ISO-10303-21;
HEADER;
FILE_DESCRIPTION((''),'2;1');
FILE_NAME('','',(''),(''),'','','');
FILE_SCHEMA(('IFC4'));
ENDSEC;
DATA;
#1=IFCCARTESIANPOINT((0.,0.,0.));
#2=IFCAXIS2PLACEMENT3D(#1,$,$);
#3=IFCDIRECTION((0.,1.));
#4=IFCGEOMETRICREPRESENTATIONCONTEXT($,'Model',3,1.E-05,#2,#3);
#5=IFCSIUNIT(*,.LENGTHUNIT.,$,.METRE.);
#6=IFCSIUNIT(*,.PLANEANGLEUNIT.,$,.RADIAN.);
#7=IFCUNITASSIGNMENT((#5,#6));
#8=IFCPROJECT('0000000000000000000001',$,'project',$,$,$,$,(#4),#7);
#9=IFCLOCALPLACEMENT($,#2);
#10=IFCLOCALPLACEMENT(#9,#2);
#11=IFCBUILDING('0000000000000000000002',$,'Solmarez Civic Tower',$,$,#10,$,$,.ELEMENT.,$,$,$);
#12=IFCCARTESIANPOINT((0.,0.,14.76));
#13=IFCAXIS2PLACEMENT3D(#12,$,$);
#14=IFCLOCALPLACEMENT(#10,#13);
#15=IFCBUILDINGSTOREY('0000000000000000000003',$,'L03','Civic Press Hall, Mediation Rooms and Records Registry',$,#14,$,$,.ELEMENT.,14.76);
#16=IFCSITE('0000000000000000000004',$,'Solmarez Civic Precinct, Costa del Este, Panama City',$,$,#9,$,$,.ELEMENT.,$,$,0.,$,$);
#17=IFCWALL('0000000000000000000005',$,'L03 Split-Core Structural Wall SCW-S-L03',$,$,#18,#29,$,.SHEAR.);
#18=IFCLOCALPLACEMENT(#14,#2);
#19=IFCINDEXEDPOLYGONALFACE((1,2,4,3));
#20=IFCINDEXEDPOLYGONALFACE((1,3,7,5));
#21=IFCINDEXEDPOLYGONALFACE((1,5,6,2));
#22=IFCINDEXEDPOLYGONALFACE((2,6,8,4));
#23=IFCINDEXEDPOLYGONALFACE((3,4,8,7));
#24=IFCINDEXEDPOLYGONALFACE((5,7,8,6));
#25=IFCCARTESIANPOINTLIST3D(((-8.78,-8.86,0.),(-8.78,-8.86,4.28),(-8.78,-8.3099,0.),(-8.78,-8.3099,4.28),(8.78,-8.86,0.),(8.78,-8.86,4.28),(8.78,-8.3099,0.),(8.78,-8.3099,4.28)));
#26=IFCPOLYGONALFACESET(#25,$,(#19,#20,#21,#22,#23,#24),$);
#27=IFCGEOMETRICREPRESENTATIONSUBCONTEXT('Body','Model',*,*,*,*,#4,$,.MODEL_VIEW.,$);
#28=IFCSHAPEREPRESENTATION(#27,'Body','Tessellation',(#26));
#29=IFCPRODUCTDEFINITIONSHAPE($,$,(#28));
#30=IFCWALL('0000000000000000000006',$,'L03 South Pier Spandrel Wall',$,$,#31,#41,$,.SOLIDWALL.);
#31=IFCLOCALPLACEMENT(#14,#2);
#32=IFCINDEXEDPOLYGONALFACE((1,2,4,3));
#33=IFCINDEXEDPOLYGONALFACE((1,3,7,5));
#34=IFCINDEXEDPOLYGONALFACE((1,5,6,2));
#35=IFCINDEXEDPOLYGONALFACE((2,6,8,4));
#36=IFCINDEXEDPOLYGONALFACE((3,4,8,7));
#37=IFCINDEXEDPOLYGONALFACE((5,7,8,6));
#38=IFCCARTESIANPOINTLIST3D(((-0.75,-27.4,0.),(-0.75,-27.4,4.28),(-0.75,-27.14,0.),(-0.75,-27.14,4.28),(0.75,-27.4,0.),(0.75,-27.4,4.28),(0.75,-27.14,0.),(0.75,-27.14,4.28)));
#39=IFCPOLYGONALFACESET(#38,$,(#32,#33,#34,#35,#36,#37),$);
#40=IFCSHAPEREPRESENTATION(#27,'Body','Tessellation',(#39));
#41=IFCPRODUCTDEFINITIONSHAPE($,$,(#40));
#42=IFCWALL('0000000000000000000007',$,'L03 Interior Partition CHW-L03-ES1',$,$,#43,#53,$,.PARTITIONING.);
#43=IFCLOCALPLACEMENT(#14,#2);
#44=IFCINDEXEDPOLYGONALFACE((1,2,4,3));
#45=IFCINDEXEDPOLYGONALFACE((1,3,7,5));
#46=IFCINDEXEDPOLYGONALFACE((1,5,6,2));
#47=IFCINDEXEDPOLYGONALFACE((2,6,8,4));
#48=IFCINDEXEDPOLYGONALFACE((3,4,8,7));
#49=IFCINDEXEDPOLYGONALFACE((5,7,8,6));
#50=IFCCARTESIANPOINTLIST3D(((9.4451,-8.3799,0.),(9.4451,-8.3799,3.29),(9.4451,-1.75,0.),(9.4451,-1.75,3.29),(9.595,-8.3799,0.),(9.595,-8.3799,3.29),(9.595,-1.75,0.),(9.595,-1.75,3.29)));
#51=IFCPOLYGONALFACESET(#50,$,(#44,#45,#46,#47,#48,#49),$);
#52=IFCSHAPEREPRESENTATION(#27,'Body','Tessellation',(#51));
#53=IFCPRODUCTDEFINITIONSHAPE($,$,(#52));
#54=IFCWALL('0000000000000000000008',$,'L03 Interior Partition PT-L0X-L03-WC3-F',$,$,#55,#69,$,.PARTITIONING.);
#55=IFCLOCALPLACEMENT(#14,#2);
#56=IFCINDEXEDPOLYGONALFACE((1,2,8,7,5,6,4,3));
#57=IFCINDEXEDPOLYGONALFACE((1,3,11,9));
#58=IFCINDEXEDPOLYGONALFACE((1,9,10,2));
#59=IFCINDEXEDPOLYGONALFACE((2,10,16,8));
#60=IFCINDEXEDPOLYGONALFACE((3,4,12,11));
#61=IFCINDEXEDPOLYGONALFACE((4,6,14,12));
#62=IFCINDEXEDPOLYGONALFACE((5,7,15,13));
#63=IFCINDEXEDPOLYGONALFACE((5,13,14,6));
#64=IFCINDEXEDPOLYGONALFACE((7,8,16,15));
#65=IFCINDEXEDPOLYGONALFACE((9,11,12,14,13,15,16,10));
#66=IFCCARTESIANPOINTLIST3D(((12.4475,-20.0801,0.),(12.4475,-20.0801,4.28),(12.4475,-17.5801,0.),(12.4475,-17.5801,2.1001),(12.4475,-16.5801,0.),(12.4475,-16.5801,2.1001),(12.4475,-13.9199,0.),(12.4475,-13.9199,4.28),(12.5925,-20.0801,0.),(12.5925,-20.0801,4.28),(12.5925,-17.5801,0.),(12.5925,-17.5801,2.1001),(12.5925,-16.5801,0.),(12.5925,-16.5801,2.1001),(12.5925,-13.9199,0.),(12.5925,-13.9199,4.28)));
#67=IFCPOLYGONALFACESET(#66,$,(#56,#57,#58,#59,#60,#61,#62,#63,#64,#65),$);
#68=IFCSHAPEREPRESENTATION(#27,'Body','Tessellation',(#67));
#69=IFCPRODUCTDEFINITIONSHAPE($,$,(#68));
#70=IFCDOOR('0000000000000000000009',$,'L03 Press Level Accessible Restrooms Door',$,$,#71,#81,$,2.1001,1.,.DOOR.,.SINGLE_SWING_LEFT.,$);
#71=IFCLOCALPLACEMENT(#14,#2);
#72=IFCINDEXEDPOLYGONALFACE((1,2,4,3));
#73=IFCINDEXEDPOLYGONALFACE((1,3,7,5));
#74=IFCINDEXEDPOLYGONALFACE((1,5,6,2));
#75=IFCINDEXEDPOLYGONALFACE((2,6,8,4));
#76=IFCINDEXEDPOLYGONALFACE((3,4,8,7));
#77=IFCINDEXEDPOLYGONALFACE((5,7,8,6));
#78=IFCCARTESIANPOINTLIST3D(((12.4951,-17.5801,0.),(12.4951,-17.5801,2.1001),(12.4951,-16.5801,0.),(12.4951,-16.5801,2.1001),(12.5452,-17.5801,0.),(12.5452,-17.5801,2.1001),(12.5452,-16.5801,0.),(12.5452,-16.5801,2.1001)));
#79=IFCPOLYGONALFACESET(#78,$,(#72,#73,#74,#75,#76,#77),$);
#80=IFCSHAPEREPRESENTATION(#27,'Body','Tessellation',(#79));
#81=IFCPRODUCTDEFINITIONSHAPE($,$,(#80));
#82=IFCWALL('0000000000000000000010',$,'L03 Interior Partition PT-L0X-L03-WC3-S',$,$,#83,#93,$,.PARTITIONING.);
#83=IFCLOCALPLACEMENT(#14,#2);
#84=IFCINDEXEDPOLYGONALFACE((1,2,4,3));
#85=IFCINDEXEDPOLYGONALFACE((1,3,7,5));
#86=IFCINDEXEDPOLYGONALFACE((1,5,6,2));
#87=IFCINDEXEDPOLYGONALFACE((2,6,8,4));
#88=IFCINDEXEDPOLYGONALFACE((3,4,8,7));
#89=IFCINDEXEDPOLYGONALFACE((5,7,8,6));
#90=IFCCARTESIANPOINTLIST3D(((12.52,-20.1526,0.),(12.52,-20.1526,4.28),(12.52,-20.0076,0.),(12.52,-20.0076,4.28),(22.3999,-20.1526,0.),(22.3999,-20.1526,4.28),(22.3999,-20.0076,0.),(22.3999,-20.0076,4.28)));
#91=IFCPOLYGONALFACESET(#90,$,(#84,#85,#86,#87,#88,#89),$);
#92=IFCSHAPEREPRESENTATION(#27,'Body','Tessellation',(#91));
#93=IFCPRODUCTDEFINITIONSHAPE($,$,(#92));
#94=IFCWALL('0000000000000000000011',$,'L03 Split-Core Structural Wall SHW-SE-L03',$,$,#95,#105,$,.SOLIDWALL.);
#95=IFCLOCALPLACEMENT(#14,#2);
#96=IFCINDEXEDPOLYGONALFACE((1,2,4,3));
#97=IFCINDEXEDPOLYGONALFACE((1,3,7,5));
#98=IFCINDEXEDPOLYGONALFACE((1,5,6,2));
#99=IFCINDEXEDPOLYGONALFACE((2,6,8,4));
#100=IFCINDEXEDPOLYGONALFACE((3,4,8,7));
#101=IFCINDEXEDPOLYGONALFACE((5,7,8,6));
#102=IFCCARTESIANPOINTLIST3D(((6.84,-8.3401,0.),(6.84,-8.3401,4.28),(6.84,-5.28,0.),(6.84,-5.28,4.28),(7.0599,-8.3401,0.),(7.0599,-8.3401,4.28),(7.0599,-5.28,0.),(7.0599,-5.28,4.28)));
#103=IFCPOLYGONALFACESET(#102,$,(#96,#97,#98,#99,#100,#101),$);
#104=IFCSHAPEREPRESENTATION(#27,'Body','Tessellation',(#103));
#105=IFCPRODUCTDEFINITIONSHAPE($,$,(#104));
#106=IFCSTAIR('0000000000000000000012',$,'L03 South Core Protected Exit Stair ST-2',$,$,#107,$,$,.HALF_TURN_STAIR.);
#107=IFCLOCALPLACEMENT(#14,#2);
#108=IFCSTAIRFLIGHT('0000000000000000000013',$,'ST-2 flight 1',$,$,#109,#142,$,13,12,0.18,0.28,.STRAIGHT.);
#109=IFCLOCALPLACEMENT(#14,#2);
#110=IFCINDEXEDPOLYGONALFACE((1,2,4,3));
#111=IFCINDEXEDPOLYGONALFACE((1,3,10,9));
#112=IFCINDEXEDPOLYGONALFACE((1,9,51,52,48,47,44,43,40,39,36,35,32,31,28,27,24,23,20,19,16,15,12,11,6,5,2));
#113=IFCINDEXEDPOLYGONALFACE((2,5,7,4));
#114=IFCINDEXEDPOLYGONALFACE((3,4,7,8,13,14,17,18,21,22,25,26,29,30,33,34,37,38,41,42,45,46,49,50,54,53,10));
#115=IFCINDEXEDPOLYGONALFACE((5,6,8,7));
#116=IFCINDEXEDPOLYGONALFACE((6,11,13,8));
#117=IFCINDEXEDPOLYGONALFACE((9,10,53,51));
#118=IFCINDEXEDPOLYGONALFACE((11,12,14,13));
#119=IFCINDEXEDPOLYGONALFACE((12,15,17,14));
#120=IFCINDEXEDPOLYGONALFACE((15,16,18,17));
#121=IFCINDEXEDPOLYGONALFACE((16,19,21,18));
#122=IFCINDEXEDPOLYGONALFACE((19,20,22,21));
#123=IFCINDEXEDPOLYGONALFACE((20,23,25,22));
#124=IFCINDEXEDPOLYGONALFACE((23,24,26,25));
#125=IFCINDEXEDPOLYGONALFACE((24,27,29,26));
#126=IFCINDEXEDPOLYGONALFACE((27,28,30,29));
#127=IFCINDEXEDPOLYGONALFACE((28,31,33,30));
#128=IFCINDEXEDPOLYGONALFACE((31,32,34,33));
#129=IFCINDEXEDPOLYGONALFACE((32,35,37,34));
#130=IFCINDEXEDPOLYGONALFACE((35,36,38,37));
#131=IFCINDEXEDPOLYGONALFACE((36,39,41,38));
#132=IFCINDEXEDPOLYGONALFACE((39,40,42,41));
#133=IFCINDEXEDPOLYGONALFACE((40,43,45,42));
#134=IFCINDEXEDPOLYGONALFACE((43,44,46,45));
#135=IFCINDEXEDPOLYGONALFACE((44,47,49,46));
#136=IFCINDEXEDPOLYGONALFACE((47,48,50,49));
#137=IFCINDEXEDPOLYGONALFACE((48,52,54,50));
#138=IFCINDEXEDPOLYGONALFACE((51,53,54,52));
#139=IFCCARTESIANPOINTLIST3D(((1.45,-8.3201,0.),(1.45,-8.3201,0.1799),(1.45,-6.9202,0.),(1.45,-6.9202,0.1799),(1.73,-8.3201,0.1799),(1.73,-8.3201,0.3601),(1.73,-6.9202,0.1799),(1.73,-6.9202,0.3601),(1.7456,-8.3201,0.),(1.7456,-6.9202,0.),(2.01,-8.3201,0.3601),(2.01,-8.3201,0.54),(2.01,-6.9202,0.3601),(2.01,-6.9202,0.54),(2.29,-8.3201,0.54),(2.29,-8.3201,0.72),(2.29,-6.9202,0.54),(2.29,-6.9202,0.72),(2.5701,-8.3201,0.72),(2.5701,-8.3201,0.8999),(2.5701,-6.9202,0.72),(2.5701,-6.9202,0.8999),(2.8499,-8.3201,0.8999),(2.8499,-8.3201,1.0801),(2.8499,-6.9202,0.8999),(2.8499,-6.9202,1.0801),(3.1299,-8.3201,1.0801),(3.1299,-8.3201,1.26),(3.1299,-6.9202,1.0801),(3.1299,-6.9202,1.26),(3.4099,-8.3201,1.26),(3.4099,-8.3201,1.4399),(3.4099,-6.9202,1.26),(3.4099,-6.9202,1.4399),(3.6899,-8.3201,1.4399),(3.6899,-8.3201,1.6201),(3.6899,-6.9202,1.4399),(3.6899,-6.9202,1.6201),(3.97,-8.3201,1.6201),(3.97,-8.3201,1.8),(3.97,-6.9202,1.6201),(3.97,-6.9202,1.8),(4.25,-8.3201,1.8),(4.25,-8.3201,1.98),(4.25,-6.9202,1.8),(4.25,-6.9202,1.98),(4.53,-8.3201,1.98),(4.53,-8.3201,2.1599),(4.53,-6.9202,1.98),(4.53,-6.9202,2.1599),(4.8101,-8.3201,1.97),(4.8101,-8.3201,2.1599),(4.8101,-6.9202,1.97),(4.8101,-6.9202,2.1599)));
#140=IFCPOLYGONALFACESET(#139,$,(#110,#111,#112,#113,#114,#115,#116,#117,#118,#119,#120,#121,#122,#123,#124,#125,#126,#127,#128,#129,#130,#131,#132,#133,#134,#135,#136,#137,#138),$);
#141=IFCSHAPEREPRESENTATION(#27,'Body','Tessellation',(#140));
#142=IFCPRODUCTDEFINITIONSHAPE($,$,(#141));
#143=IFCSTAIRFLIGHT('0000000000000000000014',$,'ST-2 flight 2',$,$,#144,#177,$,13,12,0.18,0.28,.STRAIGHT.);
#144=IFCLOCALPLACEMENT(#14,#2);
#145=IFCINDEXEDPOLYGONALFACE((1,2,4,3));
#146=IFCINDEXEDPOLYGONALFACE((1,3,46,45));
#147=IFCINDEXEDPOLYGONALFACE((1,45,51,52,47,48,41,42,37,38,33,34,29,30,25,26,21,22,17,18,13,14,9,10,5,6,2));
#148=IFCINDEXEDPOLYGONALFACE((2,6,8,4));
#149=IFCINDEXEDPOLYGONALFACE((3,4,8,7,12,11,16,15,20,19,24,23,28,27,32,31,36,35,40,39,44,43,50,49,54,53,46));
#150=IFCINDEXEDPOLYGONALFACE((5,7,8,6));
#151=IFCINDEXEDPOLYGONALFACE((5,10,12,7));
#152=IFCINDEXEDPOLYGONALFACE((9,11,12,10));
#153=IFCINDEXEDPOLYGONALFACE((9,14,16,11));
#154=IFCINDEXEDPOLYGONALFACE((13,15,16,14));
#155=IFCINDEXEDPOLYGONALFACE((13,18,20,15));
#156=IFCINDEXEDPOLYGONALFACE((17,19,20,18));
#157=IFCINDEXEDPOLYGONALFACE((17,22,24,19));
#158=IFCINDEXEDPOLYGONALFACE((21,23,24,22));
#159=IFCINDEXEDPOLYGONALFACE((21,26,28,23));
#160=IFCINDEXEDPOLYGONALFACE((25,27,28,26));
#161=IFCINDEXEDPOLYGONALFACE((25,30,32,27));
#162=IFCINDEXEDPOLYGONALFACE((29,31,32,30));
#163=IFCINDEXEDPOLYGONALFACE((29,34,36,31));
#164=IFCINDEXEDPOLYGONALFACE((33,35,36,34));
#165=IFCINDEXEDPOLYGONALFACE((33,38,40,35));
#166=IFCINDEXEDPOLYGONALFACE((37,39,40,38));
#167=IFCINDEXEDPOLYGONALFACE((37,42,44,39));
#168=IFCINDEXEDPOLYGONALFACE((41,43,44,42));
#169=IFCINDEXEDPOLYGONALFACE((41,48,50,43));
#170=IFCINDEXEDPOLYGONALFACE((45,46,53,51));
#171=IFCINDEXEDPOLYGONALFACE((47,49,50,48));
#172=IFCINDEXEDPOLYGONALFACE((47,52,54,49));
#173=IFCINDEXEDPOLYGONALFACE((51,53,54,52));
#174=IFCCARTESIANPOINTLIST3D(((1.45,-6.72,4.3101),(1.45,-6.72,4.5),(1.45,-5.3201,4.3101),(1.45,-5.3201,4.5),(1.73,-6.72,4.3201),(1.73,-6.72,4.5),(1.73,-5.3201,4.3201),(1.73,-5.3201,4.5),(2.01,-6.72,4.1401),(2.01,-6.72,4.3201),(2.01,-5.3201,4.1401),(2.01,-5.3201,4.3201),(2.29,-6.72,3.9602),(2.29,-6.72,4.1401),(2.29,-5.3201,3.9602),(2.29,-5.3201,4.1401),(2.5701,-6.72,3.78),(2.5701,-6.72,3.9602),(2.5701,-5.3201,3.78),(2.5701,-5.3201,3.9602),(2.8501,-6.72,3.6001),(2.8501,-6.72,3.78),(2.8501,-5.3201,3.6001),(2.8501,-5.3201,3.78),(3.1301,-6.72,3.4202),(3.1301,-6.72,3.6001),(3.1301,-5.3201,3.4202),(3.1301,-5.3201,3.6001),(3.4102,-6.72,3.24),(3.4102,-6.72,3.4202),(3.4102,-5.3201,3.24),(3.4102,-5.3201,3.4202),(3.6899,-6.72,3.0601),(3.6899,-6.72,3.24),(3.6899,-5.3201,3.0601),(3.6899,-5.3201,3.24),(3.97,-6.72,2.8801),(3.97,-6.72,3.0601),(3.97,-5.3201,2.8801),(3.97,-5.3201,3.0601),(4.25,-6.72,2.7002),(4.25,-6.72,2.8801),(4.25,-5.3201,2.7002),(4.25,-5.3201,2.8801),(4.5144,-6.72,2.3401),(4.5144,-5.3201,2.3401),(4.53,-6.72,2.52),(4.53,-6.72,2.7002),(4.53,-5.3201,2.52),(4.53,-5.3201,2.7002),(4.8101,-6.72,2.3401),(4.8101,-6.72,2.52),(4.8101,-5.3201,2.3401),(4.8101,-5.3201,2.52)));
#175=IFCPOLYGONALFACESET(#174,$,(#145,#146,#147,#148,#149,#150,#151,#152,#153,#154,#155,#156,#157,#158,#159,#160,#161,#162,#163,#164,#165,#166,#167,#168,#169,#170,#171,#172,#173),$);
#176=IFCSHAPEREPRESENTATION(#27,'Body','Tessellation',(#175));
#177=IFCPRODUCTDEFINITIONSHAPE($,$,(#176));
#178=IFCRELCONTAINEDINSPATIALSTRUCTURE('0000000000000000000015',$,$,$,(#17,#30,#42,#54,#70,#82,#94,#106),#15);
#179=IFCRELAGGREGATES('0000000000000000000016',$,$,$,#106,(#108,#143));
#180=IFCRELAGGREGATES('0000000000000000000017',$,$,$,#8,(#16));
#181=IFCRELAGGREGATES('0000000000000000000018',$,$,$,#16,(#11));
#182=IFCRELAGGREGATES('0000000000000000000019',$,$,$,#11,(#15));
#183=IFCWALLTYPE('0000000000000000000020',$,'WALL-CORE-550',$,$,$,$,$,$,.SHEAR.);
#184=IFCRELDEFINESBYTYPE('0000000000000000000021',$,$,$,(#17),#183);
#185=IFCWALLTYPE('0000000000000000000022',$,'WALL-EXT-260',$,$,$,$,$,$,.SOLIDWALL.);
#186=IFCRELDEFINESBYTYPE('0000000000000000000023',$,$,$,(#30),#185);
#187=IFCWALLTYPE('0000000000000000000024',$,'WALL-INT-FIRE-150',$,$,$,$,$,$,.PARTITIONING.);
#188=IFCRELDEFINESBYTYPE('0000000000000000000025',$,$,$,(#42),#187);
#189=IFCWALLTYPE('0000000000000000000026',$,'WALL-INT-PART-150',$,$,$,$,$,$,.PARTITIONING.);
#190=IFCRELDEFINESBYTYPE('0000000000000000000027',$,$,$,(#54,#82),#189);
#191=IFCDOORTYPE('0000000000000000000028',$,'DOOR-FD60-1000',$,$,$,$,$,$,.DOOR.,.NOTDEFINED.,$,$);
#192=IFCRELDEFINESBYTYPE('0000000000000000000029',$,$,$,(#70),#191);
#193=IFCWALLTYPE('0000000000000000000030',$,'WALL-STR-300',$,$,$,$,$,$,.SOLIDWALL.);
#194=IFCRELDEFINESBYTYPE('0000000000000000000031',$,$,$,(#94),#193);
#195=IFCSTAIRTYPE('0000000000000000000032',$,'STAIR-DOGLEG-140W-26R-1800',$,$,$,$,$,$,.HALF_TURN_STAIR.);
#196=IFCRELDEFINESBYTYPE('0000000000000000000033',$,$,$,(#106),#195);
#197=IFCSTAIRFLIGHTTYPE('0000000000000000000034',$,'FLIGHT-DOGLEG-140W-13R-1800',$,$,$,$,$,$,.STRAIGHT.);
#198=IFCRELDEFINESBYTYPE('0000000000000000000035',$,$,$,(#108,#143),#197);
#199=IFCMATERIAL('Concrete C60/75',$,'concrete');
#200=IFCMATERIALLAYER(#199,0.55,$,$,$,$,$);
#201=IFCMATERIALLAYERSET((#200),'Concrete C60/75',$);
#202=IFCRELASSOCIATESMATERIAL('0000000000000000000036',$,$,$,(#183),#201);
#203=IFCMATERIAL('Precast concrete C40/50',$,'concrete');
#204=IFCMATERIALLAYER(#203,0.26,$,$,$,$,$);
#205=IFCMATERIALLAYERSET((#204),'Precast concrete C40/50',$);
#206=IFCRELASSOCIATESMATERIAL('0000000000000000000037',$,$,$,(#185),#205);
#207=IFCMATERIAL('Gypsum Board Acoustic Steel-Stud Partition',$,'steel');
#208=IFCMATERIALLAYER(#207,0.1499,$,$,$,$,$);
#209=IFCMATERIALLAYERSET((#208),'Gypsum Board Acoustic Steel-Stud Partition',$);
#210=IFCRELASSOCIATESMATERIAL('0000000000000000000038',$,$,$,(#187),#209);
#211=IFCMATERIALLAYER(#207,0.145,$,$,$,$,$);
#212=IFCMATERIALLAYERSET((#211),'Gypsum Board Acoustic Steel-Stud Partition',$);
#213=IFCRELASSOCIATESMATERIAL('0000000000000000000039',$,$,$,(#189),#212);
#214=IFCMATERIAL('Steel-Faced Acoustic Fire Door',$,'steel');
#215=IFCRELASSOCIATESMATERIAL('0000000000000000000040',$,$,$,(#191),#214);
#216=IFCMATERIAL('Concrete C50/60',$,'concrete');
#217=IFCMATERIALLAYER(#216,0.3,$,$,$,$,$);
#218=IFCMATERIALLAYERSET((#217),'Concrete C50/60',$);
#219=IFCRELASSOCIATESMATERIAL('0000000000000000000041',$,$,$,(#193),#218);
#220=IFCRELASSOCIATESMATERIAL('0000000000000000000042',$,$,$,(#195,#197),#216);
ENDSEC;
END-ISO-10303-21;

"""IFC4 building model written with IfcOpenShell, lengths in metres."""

from ifc_helpers import new_model, si_unit, direction, frame, frame_2d, origin, place, context, subcontext, project, spatial, polyline, rectangle, outline, extrude, material, layer, layer_set, type_object, element, fill, aggregate, save


model = new_model("IFC4")

# Units and contexts
model_context = context("Model", 3, precision=1e-05, world=origin(), true_north=direction((0.0, 1.0)))
body_context = subcontext(model_context, "Body", "Model", "MODEL_VIEW")
ifc_project = project(units=[si_unit("LENGTHUNIT", "METRE"), si_unit("PLANEANGLEUNIT", "RADIAN")], contexts=[model_context])

# Site, building, storey
site_placement = place(None, origin())
site = spatial("IfcSite", under=ifc_project, at=site_placement, Name="Solmarez Civic Precinct, Costa del Este, Panama City", CompositionType="ELEMENT", RefElevation=0.0)
building_placement = place(site_placement, origin())
building = spatial("IfcBuilding", under=site, at=building_placement, Name="Solmarez Civic Tower", CompositionType="ELEMENT")
storey_placement = place(building_placement, frame((0.0, 0.0, 14.76)))
storey = spatial("IfcBuildingStorey", under=building, at=storey_placement, Name="L03", Description="Civic Press Hall, Mediation Rooms and Records Registry", CompositionType="ELEMENT", Elevation=14.76)

# Shared definitions
ifc_material_1 = material(Name="Concrete C60/75", Category="concrete")

# Shared definitions
ifc_material_2 = material(Name="Concrete C50/60", Category="concrete")

# Walls
ifc_layer_1 = layer(ifc_material_1, 0.55)
ifc_layer_set_1 = layer_set([ifc_layer_1], Name="Concrete C60/75")
wall_type_1 = type_object("IfcWallType", Name="WALL-CORE-550", PredefinedType="SHEAR", material=ifc_layer_set_1)
wall_1_placement = place(storey_placement, frame((8.78, -8.585, 0.0), z_axis=(0.0, 0.0, 1.0), x_axis=(-1.0, 0.0, 0.0)))
element("IfcWall", 1, at=wall_1_placement, inside=storey, type_object=wall_type_1, Name="L03 Split-Core Structural Wall SCW-S-L03", PredefinedType="SHEAR", context=body_context, shape_type="SweptSolid", body=[
    extrude(rectangle(XDim=17.5601, YDim=0.55, at=frame_2d((8.78, 0.0))), origin(), (0.0, 0.0, 1.0), 4.28),
])
ifc_material_3 = material(Name="Precast concrete C40/50", Category="concrete")
ifc_layer_2 = layer(ifc_material_3, 0.26)
ifc_layer_set_2 = layer_set([ifc_layer_2], Name="Precast concrete C40/50")
wall_type_2 = type_object("IfcWallType", Name="WALL-EXT-260", PredefinedType="SOLIDWALL", material=ifc_layer_set_2)
wall_2_placement = place(storey_placement, frame((0.75, -27.27, 0.0), z_axis=(0.0, 0.0, 1.0), x_axis=(-1.0, 0.0, 0.0)))
element("IfcWall", 2, at=wall_2_placement, inside=storey, type_object=wall_type_2, Name="L03 South Pier Spandrel Wall", PredefinedType="SOLIDWALL", context=body_context, shape_type="SweptSolid", body=[
    extrude(rectangle(XDim=1.5, YDim=0.26, at=frame_2d((0.75, 0.0))), origin(), (0.0, 0.0, 1.0), 4.28),
])
ifc_material_4 = material(Name="Gypsum Board Acoustic Steel-Stud Partition", Category="steel")
ifc_layer_3 = layer(ifc_material_4, 0.1499)
ifc_layer_set_3 = layer_set([ifc_layer_3], Name="Gypsum Board Acoustic Steel-Stud Partition")
wall_type_3 = type_object("IfcWallType", Name="WALL-INT-FIRE-150", PredefinedType="PARTITIONING", material=ifc_layer_set_3)
wall_3_placement = place(storey_placement, frame((9.52, -8.3799, 0.0), z_axis=(0.0, 0.0, 1.0), x_axis=(0.0, 1.0, 0.0)))
element("IfcWall", 3, at=wall_3_placement, inside=storey, type_object=wall_type_3, Name="L03 Interior Partition CHW-L03-ES1", PredefinedType="PARTITIONING", context=body_context, shape_type="SweptSolid", body=[
    extrude(rectangle(XDim=6.6299, YDim=0.1499, at=frame_2d((3.3149, 0.0))), origin(), (0.0, 0.0, 1.0), 3.29),
])

# Wall, opening, door
ifc_layer_4 = layer(ifc_material_4, 0.145)
ifc_layer_set_4 = layer_set([ifc_layer_4], Name="Gypsum Board Acoustic Steel-Stud Partition")
wall_type_4 = type_object("IfcWallType", Name="WALL-INT-PART-150", PredefinedType="PARTITIONING", material=ifc_layer_set_4)
wall_4_placement = place(storey_placement, frame((12.52, -20.0801, 0.0), z_axis=(0.0, 0.0, 1.0), x_axis=(0.0, 1.0, 0.0)))
wall_4 = element("IfcWall", 4, at=wall_4_placement, inside=storey, type_object=wall_type_4, Name="L03 Interior Partition PT-L0X-L03-WC3-F", PredefinedType="PARTITIONING", context=body_context, shape_type="SweptSolid", body=[
    extrude(rectangle(XDim=6.1602, YDim=0.145, at=frame_2d((3.0801, 0.0))), origin(), (0.0, 0.0, 1.0), 4.28),
])
opening_placement = place(wall_4_placement, frame((2.5, 0.0, 0.0)))
opening = element("IfcOpeningElement", 5, at=opening_placement, cuts=wall_4, PredefinedType="OPENING", context=body_context, shape_type="SweptSolid", body=[
    extrude(rectangle(XDim=1.0, YDim=2.1001, at=frame_2d((0.5, 1.05))), frame((0.0, 0.0825, 0.0), z_axis=(0.0, -1.0, 0.0), x_axis=(1.0, 0.0, 0.0)), (0.0, 0.0, 1.0), 0.165),
])
ifc_material_5 = material(Name="Steel-Faced Acoustic Fire Door", Category="steel")
door_type = type_object("IfcDoorType", Name="DOOR-FD60-1000", OperationType="NOTDEFINED", PredefinedType="DOOR", material=ifc_material_5)
door_placement = place(opening_placement, origin())
door = element("IfcDoor", 6, at=door_placement, inside=storey, type_object=door_type, Name="L03 Press Level Accessible Restrooms Door", OperationType="SINGLE_SWING_LEFT", OverallHeight=2.1001, OverallWidth=1.0, PredefinedType="DOOR", context=body_context, shape_type="SweptSolid", body=[
    extrude(rectangle(XDim=1.0, YDim=2.1001, at=frame_2d((0.5, 1.05))), frame((0.0, 0.0249, 0.0), z_axis=(0.0, -1.0, 0.0), x_axis=(1.0, 0.0, 0.0)), (0.0, 0.0, 1.0), 0.05),
])
fill(opening, door)

# Walls
wall_5_placement = place(storey_placement, frame((12.52, -20.0801, 0.0), z_axis=(0.0, 0.0, 1.0), x_axis=(1.0, 0.0, 0.0)))
element("IfcWall", 7, at=wall_5_placement, inside=storey, type_object=wall_type_4, Name="L03 Interior Partition PT-L0X-L03-WC3-S", PredefinedType="PARTITIONING", context=body_context, shape_type="SweptSolid", body=[
    extrude(rectangle(XDim=9.8799, YDim=0.145, at=frame_2d((4.9399, 0.0))), origin(), (0.0, 0.0, 1.0), 4.28),
])
ifc_layer_5 = layer(ifc_material_2, 0.3)
ifc_layer_set_5 = layer_set([ifc_layer_5], Name="Concrete C50/60")
wall_type_5 = type_object("IfcWallType", Name="WALL-STR-300", PredefinedType="SOLIDWALL", material=ifc_layer_set_5)
wall_6_placement = place(storey_placement, frame((6.95, -8.3401, 0.0), z_axis=(0.0, 0.0, 1.0), x_axis=(0.0, 1.0, 0.0)))
element("IfcWall", 8, at=wall_6_placement, inside=storey, type_object=wall_type_5, Name="L03 Split-Core Structural Wall SHW-SE-L03", PredefinedType="SOLIDWALL", context=body_context, shape_type="SweptSolid", body=[
    extrude(rectangle(XDim=3.0601, YDim=0.22, at=frame_2d((1.53, 0.0))), origin(), (0.0, 0.0, 1.0), 4.28),
])

# Stair, stair flights
stair_type = type_object("IfcStairType", Name="STAIR-DOGLEG-140W-26R-1800", PredefinedType="HALF_TURN_STAIR", material=ifc_material_2)
stair_placement = place(storey_placement, origin())
stair = element("IfcStair", 9, at=stair_placement, inside=storey, type_object=stair_type, Name="L03 South Core Protected Exit Stair ST-2", PredefinedType="HALF_TURN_STAIR")
stair_flight_type = type_object("IfcStairFlightType", Name="FLIGHT-DOGLEG-140W-13R-1800", PredefinedType="STRAIGHT", material=ifc_material_2)
stair_flight_1_placement = place(storey_placement, frame((1.45, -7.6201, 0.0), z_axis=(0.0, 0.0, 1.0), x_axis=(1.0, 0.0, 0.0)))
stair_flight_1 = element("IfcStairFlight", 10, at=stair_flight_1_placement, type_object=stair_flight_type, Name="ST-2 flight 1", NumberOfRisers=13, NumberOfTreads=12, PredefinedType="STRAIGHT", RiserHeight=0.18, TreadLength=0.28, context=body_context, shape_type="SweptSolid", body=[
    extrude(outline(polyline([(0.0, 0.0), (0.0, 0.1799), (0.28, 0.1799), (0.28, 0.3601), (0.5601, 0.3601), (0.5601, 0.54), (0.8401, 0.54), (0.8401, 0.72), (1.1201, 0.72), (1.1201, 0.8999), (1.3999, 0.8999), (1.3999, 1.0801), (1.6799, 1.0801), (1.6799, 1.26), (1.96, 1.26), (1.96, 1.4399), (2.24, 1.4399), (2.24, 1.6201), (2.52, 1.6201), (2.52, 1.8), (2.8, 1.8), (2.8, 1.98), (3.0801, 1.98), (3.0801, 2.1599), (3.3601, 2.1599), (3.3601, 2.3401), (3.3601, 1.97), (0.2957, 0.0), (0.0, 0.0)])), frame((0.0, 0.7, 0.0), z_axis=(0.0, -1.0, 0.0), x_axis=(1.0, 0.0, 0.0)), (0.0, 0.0, 1.0), 1.3999),
])
stair_flight_2_placement = place(storey_placement, frame((4.8101, -6.02, 2.3401), z_axis=(0.0, 0.0, 1.0), x_axis=(-1.0, 0.0, 0.0)))
stair_flight_2 = element("IfcStairFlight", 11, at=stair_flight_2_placement, type_object=stair_flight_type, Name="ST-2 flight 2", NumberOfRisers=13, NumberOfTreads=12, PredefinedType="STRAIGHT", RiserHeight=0.18, TreadLength=0.28, context=body_context, shape_type="SweptSolid", body=[
    extrude(outline(polyline([(0.0, 0.0), (0.0, 0.1799), (0.28, 0.1799), (0.28, 0.3601), (0.5601, 0.3601), (0.5601, 0.54), (0.8401, 0.54), (0.8401, 0.72), (1.1201, 0.72), (1.1201, 0.8999), (1.3999, 0.8999), (1.3999, 1.0801), (1.6799, 1.0801), (1.6799, 1.26), (1.96, 1.26), (1.96, 1.4399), (2.24, 1.4399), (2.24, 1.6201), (2.52, 1.6201), (2.52, 1.8), (2.8, 1.8), (2.8, 1.98), (3.0801, 1.98), (3.0801, 2.1599), (3.3601, 2.1599), (3.3601, 2.3401), (3.3601, 1.97), (0.2957, 0.0), (0.0, 0.0)])), frame((0.0, 0.7, 0.0), z_axis=(0.0, -1.0, 0.0), x_axis=(1.0, 0.0, 0.0)), (0.0, 0.0, 1.0), 1.3999),
])
aggregate(stair, [stair_flight_1, stair_flight_2])

save(model, "model.ifc")
